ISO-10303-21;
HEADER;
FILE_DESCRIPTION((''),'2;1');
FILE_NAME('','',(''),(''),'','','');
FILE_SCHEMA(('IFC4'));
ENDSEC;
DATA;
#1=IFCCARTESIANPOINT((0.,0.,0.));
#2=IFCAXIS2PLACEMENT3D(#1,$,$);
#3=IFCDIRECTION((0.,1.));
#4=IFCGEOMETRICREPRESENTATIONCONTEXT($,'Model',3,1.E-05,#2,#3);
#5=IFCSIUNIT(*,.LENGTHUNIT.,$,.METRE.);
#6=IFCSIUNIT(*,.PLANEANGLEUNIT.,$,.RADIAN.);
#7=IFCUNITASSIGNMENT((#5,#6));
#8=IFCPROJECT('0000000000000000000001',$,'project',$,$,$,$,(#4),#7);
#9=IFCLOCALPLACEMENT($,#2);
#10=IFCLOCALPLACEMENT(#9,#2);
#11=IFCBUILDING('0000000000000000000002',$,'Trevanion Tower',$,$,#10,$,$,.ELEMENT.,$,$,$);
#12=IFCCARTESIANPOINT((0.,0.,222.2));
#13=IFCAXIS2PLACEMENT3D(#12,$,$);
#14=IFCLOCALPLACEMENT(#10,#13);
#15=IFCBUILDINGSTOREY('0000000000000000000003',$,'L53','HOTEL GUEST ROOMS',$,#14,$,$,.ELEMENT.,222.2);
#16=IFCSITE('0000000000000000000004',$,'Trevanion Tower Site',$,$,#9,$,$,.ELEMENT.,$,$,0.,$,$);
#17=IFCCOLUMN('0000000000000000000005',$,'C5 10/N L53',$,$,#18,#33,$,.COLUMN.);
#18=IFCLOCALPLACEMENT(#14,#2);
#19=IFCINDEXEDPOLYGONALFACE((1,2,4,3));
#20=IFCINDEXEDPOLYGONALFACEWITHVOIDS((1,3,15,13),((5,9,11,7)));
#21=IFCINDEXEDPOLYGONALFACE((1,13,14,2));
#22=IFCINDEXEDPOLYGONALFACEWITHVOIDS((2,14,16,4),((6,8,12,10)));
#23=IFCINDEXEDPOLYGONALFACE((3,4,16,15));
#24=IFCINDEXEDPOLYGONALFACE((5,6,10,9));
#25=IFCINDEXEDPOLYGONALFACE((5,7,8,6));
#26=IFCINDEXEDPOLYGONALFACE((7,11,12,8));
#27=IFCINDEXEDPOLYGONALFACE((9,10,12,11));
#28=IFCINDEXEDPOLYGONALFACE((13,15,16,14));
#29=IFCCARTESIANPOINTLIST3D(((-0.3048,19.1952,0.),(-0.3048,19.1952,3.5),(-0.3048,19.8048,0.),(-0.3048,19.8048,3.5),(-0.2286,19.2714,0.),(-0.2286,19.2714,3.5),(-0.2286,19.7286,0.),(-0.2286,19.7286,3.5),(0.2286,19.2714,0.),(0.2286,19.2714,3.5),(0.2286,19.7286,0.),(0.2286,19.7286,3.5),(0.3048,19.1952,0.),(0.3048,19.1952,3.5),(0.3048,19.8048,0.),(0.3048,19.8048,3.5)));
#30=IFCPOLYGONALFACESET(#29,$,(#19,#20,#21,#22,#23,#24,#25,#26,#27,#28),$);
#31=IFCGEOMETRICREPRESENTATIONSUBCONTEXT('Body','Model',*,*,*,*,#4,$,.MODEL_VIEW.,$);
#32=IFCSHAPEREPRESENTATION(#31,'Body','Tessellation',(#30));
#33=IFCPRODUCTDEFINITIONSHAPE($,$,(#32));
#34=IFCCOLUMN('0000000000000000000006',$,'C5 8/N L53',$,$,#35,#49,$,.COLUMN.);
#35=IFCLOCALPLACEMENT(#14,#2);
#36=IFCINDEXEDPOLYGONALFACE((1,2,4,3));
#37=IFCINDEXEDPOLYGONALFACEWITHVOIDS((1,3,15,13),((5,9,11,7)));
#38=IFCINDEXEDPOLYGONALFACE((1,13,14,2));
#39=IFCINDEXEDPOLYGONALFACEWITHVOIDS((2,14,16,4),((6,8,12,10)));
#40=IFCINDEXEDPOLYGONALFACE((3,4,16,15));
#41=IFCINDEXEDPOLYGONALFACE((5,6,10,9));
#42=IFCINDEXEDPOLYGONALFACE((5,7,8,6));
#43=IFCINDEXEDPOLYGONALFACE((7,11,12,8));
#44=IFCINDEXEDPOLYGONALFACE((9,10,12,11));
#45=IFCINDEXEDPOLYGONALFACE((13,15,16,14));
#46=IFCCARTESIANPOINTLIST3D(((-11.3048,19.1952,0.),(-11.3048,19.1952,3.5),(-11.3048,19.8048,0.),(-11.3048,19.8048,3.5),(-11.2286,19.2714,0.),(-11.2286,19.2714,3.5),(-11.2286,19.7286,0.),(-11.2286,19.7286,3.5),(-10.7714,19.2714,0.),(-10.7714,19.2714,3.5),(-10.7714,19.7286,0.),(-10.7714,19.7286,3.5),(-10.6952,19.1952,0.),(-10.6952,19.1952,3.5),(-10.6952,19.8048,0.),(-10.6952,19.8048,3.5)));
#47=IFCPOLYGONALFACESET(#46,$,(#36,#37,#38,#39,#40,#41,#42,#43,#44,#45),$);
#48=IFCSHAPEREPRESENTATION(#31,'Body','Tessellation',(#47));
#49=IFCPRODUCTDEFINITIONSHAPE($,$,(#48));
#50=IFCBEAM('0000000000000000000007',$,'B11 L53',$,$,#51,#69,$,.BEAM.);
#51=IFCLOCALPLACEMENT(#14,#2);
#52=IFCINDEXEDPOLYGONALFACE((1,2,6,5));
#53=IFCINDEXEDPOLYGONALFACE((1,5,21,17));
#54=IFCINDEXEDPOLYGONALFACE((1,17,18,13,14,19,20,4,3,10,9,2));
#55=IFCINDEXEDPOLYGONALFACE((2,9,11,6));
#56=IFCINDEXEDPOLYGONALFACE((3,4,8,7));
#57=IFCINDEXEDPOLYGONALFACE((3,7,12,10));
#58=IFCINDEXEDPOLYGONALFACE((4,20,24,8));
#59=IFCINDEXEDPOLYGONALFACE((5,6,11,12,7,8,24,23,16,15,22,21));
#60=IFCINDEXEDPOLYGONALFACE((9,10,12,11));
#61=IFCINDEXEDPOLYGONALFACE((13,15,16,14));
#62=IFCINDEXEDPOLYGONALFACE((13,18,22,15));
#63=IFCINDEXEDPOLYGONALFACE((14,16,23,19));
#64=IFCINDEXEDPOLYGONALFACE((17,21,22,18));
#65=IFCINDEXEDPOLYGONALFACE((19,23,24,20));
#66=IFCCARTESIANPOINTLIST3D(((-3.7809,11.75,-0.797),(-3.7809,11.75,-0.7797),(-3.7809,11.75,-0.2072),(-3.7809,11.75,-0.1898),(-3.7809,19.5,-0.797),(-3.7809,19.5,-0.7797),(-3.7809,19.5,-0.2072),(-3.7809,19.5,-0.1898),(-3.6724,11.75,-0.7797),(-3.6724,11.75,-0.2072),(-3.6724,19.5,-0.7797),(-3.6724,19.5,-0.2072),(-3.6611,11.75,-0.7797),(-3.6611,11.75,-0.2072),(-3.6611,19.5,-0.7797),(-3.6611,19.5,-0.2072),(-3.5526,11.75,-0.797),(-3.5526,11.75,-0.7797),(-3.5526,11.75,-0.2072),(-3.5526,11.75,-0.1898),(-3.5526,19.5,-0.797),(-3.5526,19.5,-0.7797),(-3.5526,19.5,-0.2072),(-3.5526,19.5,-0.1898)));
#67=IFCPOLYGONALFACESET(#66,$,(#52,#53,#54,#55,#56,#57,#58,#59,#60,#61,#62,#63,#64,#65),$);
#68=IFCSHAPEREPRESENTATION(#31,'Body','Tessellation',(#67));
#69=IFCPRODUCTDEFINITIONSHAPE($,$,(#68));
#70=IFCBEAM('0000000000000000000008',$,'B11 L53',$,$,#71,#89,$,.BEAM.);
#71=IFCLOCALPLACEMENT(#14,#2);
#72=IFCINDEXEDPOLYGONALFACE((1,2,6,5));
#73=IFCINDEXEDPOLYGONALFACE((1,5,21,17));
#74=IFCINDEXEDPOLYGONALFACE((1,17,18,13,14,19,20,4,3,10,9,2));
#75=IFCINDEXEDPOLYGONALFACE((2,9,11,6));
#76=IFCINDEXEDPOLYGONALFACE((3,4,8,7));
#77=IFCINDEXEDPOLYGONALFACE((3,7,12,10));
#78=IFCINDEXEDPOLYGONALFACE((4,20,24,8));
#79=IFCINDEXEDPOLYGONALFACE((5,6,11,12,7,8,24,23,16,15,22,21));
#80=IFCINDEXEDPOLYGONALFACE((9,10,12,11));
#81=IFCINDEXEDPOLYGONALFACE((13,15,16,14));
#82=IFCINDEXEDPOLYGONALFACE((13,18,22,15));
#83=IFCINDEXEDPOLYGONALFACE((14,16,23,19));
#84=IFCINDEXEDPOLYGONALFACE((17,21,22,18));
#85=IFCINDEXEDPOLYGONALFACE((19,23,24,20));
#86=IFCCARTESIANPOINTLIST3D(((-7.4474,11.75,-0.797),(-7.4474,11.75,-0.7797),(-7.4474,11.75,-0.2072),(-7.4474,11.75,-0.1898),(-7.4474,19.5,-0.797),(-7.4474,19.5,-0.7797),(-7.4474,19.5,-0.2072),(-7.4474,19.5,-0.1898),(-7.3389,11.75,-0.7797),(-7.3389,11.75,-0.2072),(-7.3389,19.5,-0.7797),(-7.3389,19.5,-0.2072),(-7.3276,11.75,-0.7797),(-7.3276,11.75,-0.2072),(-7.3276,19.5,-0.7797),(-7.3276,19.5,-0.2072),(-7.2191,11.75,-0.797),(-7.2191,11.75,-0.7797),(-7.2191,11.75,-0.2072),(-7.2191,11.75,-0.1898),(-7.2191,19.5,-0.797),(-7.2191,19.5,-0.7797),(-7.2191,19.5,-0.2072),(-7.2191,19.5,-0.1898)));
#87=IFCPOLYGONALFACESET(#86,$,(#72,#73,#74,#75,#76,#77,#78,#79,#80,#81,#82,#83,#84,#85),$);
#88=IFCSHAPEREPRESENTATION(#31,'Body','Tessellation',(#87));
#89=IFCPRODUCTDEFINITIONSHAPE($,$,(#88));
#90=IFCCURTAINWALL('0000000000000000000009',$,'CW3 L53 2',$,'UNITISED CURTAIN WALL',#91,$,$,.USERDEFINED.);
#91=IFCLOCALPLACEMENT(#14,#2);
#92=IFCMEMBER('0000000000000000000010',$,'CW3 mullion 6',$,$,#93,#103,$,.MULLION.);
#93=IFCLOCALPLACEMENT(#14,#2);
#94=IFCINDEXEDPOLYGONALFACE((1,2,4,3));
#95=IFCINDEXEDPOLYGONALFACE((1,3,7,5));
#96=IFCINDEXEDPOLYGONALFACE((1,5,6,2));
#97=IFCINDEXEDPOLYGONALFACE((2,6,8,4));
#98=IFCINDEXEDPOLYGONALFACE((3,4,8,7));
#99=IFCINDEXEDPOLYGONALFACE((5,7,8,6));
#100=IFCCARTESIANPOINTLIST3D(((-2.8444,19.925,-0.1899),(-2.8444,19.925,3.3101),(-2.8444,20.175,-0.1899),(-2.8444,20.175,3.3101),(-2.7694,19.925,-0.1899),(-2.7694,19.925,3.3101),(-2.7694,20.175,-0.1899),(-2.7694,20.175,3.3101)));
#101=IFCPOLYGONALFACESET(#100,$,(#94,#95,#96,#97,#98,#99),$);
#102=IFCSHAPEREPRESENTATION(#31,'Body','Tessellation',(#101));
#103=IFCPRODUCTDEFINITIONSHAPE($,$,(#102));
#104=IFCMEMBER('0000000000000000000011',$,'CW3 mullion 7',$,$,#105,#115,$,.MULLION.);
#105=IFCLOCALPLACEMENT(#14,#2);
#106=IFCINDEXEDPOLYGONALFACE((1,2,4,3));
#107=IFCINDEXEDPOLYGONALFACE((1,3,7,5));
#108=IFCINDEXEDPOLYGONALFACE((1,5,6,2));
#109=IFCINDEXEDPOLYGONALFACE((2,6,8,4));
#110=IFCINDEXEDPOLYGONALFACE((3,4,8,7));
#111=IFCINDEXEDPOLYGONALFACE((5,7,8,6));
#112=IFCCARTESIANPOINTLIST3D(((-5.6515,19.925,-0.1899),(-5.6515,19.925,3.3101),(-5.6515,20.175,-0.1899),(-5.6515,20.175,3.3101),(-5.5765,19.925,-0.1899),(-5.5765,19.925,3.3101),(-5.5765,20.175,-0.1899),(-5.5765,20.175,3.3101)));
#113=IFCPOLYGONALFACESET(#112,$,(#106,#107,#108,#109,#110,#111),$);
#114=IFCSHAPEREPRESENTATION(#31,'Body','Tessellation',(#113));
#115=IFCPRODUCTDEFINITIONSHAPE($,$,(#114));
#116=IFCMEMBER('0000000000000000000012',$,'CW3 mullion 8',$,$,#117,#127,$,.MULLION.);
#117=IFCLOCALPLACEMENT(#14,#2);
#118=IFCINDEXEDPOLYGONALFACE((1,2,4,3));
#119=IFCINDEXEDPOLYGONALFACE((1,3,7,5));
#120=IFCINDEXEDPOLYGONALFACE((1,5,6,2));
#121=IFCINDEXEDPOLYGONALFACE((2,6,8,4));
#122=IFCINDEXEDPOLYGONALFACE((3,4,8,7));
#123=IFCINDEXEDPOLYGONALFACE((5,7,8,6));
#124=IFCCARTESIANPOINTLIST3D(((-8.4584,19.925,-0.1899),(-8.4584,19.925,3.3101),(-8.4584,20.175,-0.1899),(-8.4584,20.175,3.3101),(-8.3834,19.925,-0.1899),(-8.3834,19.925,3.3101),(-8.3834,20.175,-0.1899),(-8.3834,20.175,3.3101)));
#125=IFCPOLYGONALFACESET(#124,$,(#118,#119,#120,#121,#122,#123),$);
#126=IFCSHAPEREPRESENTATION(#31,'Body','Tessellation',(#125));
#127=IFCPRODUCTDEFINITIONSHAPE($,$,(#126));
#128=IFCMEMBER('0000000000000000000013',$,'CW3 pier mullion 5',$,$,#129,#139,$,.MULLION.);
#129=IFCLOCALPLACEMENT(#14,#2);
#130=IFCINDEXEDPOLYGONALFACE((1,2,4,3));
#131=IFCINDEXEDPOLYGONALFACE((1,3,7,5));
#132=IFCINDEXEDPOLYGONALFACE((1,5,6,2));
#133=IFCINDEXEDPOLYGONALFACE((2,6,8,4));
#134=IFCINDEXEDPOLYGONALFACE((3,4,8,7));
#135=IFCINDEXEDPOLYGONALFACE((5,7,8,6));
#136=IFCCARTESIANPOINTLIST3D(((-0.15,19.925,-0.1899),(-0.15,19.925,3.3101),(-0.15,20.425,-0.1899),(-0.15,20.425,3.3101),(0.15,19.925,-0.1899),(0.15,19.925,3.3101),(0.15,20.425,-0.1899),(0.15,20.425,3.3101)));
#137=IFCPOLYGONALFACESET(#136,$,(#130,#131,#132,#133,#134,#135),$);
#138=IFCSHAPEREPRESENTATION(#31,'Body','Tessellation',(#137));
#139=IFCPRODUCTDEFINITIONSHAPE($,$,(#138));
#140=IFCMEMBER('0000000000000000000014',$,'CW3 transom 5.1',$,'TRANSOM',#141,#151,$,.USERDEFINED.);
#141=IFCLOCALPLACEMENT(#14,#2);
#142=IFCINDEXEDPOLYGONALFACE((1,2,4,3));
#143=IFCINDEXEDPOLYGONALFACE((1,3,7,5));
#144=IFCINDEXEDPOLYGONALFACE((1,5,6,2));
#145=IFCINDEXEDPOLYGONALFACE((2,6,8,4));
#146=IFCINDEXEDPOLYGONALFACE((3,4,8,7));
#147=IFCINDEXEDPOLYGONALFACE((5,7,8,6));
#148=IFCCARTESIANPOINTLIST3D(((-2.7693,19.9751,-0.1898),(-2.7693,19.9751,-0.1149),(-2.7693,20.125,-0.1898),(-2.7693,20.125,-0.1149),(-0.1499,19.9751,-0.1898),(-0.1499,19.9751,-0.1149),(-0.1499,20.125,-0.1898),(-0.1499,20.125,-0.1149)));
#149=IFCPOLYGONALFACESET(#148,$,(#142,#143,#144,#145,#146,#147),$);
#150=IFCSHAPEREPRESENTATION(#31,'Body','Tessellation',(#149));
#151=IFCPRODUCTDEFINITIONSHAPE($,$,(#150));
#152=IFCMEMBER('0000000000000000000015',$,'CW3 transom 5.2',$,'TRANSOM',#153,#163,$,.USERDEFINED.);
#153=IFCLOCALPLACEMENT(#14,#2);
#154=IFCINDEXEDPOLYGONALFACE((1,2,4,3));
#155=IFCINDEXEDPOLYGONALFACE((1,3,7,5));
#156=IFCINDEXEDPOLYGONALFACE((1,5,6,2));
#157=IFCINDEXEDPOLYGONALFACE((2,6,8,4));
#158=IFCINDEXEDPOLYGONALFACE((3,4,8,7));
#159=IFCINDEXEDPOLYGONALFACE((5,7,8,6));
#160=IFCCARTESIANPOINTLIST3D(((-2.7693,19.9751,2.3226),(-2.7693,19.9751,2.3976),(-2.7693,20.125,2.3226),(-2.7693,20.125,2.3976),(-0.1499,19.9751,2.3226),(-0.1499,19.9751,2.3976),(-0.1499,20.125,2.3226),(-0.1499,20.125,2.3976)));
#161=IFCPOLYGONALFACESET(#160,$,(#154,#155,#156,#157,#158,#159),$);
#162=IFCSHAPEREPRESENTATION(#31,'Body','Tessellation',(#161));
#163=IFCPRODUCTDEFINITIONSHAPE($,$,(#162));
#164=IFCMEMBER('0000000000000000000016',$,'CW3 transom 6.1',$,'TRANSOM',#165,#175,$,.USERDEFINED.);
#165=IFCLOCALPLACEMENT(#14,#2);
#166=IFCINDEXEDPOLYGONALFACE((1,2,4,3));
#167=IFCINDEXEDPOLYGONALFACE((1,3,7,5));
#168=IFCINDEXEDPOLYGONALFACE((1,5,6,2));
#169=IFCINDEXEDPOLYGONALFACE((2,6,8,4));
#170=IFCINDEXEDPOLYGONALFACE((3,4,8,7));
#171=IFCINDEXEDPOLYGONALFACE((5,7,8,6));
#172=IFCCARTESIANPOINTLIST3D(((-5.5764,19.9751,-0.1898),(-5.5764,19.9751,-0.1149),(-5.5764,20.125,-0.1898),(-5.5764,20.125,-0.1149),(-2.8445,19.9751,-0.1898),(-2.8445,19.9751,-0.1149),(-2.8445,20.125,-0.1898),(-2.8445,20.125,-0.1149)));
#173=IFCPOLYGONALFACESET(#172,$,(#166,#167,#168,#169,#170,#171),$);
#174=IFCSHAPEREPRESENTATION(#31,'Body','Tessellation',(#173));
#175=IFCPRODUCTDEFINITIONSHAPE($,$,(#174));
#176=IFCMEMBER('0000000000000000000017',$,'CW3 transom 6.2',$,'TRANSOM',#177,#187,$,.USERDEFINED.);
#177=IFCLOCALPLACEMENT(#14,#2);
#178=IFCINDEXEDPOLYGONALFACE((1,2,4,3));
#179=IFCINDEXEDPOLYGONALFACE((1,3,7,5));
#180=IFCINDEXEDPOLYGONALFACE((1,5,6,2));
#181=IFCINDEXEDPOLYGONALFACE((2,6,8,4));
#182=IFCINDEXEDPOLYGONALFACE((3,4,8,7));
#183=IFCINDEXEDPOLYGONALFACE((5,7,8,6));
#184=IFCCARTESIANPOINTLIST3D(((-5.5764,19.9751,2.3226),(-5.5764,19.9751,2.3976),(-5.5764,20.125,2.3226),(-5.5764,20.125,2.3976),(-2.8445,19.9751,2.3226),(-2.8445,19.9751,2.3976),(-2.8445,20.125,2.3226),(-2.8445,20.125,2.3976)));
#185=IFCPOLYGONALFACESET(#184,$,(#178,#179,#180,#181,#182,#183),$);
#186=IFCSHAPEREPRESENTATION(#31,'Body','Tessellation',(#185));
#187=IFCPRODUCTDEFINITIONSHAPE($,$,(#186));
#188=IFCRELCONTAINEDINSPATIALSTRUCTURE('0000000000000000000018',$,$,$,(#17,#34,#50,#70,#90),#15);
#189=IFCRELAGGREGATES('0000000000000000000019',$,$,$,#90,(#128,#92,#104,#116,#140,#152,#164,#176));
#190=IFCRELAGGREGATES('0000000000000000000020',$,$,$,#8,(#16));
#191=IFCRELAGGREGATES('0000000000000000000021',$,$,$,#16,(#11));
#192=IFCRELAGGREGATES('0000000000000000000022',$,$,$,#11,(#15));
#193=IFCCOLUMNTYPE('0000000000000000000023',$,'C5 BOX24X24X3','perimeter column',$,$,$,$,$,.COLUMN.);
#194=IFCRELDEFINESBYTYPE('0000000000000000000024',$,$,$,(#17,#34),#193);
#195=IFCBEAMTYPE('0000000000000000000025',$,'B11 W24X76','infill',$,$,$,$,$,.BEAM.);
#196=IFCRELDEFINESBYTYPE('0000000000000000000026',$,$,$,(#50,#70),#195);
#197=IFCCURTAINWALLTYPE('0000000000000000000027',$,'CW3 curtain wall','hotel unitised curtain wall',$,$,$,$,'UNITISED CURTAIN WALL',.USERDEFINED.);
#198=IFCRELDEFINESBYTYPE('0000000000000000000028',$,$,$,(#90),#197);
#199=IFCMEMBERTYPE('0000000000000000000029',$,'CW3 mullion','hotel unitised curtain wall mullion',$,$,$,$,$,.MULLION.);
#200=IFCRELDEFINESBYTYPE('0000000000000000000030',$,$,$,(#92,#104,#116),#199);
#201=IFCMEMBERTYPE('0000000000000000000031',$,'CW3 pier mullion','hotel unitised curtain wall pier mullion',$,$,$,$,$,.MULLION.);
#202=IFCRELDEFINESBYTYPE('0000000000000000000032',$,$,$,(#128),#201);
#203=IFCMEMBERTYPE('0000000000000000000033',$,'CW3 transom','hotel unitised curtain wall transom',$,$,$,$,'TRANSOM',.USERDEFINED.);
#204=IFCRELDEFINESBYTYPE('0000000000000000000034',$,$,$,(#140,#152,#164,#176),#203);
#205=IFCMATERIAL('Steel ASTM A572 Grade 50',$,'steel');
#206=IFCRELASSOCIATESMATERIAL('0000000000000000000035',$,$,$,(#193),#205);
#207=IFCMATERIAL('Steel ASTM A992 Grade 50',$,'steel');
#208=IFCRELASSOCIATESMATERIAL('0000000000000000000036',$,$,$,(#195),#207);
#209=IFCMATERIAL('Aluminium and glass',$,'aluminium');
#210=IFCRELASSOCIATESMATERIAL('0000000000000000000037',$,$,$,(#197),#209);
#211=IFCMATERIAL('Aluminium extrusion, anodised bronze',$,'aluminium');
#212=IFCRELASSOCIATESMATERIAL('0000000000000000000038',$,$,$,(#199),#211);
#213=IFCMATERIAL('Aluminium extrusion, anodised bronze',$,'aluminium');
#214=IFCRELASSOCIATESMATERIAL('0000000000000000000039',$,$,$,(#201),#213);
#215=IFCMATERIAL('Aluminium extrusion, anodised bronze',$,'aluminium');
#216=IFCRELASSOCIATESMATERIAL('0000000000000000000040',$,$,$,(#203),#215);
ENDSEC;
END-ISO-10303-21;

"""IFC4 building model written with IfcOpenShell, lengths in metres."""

from ifc_helpers import new_model, si_unit, direction, frame, origin, origin_2d, place, context, subcontext, project, spatial, rectangle, hollow_rectangle, i_section, extrude, material, material_profile, profile_set, type_object, element, aggregate, save


model = new_model("IFC4")

# Units and contexts
model_context = context("Model", 3, precision=1e-05, world=origin(), true_north=direction((0.0, 1.0)))
body_context = subcontext(model_context, "Body", "Model", "MODEL_VIEW")
ifc_project = project(units=[si_unit("LENGTHUNIT", "METRE"), si_unit("PLANEANGLEUNIT", "RADIAN")], contexts=[model_context])

# Site, building, storey
site_placement = place(None, origin())
site = spatial("IfcSite", under=ifc_project, at=site_placement, Name="Trevanion Tower Site", CompositionType="ELEMENT", RefElevation=0.0)
building_placement = place(site_placement, origin())
building = spatial("IfcBuilding", under=site, at=building_placement, Name="Trevanion Tower", CompositionType="ELEMENT")
storey_placement = place(building_placement, frame((0.0, 0.0, 222.2)))
storey = spatial("IfcBuildingStorey", under=building, at=storey_placement, Name="L53", Description="HOTEL GUEST ROOMS", CompositionType="ELEMENT", Elevation=222.2)

# Columns
ifc_material_1 = material(Name="Steel ASTM A572 Grade 50", Category="steel")
ifc_material_profile_1 = material_profile(ifc_material_1, hollow_rectangle(XDim=0.6096, YDim=0.6096, WallThickness=0.0762, at=origin_2d()), Name="BOX24X24X3")
ifc_profile_set_1 = profile_set([ifc_material_profile_1], Name="Steel ASTM A572 Grade 50")
column_type = type_object("IfcColumnType", Name="C5 BOX24X24X3", Description="perimeter column", PredefinedType="COLUMN", material=ifc_profile_set_1)
for number, where, z_axis, x_axis, name in (
    (1, (0.0, 19.5, 0.0), (0.0, 0.0, 1.0), (1.0, 0.0, 0.0), "C5 10/N L53"),
    (2, (-11.0, 19.5, 0.0), (0.0, 0.0, 1.0), (1.0, 0.0, 0.0), "C5 8/N L53"),
):
    element("IfcColumn", number, at=place(storey_placement, frame(where, z_axis=z_axis, x_axis=x_axis)), inside=storey, type_object=column_type, Name=name, PredefinedType="COLUMN", context=body_context, shape_type="SweptSolid", body=[
        extrude(hollow_rectangle(XDim=0.6096, YDim=0.6096, WallThickness=0.0762, at=origin_2d()), origin(), (0.0, 0.0, 1.0), 3.5),
    ])

# Beams
ifc_material_2 = material(Name="Steel ASTM A992 Grade 50", Category="steel")
ifc_material_profile_2 = material_profile(ifc_material_2, i_section(OverallWidth=0.2283, OverallDepth=0.6072, WebThickness=0.0112, FlangeThickness=0.0173, at=origin_2d()), Name="W24X76")
ifc_profile_set_2 = profile_set([ifc_material_profile_2], Name="Steel ASTM A992 Grade 50")
beam_type_1 = type_object("IfcBeamType", Name="B11 W24X76", Description="infill", PredefinedType="BEAM", material=ifc_profile_set_2)
for number, where, z_axis, x_axis, name in (
    (3, (-3.6667, 11.75, -0.4934), (0.0, 1.0, 0.0), (-1.0, 0.0, 0.0), "B11 L53"),
    (4, (-7.3333, 11.75, -0.4934), (0.0, 1.0, 0.0), (-1.0, 0.0, 0.0), "B11 L53"),
):
    element("IfcBeam", number, at=place(storey_placement, frame(where, z_axis=z_axis, x_axis=x_axis)), inside=storey, type_object=beam_type_1, Name=name, PredefinedType="BEAM", context=body_context, shape_type="SweptSolid", body=[
        extrude(i_section(OverallWidth=0.2283, OverallDepth=0.6072, WebThickness=0.0112, FlangeThickness=0.0173, at=origin_2d()), origin(), (0.0, 0.0, 1.0), 7.75),
    ])

# Curtain wall, members
ifc_material_3 = material(Name="Aluminium and glass", Category="aluminium")
curtain_wall_type = type_object("IfcCurtainWallType", Name="CW3 curtain wall", Description="hotel unitised curtain wall", ElementType="UNITISED CURTAIN WALL", PredefinedType="USERDEFINED", material=ifc_material_3)
curtain_wall_placement = place(storey_placement, origin())
curtain_wall = element("IfcCurtainWall", 5, at=curtain_wall_placement, inside=storey, type_object=curtain_wall_type, Name="CW3 L53 2", ObjectType="UNITISED CURTAIN WALL", PredefinedType="USERDEFINED")
ifc_material_4 = material(Name="Aluminium extrusion, anodised bronze", Category="aluminium")
ifc_material_profile_3 = material_profile(ifc_material_4, rectangle(XDim=0.075, YDim=0.25, at=origin_2d()), Name="CW3 mullion")
ifc_profile_set_3 = profile_set([ifc_material_profile_3], Name="Aluminium extrusion, anodised bronze")
member_type_1 = type_object("IfcMemberType", Name="CW3 mullion", Description="hotel unitised curtain wall mullion", PredefinedType="MULLION", material=ifc_profile_set_3)
member_1_placement = place(storey_placement, frame((-2.8069, 20.05, -0.1899), z_axis=(0.0, 0.0, 1.0), x_axis=(-1.0, 0.0, 0.0)))
member_1 = element("IfcMember", 6, at=member_1_placement, type_object=member_type_1, Name="CW3 mullion 6", PredefinedType="MULLION", context=body_context, shape_type="SweptSolid", body=[
    extrude(rectangle(XDim=0.075, YDim=0.25, at=origin_2d()), origin(), (0.0, 0.0, 1.0), 3.5),
])
member_2_placement = place(storey_placement, frame((-5.614, 20.05, -0.1899), z_axis=(0.0, 0.0, 1.0), x_axis=(-1.0, 0.0, 0.0)))
member_2 = element("IfcMember", 7, at=member_2_placement, type_object=member_type_1, Name="CW3 mullion 7", PredefinedType="MULLION", context=body_context, shape_type="SweptSolid", body=[
    extrude(rectangle(XDim=0.075, YDim=0.25, at=origin_2d()), origin(), (0.0, 0.0, 1.0), 3.5),
])
member_3_placement = place(storey_placement, frame((-8.4209, 20.05, -0.1899), z_axis=(0.0, 0.0, 1.0), x_axis=(-1.0, 0.0, 0.0)))
member_3 = element("IfcMember", 8, at=member_3_placement, type_object=member_type_1, Name="CW3 mullion 8", PredefinedType="MULLION", context=body_context, shape_type="SweptSolid", body=[
    extrude(rectangle(XDim=0.075, YDim=0.25, at=origin_2d()), origin(), (0.0, 0.0, 1.0), 3.5),
])
ifc_material_5 = material(Name="Aluminium extrusion, anodised bronze", Category="aluminium")
ifc_material_profile_4 = material_profile(ifc_material_5, rectangle(XDim=0.3, YDim=0.5, at=origin_2d()), Name="CW3 pier mullion")
ifc_profile_set_4 = profile_set([ifc_material_profile_4], Name="Aluminium extrusion, anodised bronze")
member_type_2 = type_object("IfcMemberType", Name="CW3 pier mullion", Description="hotel unitised curtain wall pier mullion", PredefinedType="MULLION", material=ifc_profile_set_4)
member_4_placement = place(storey_placement, frame((0.0, 20.175, -0.1899), z_axis=(0.0, 0.0, 1.0), x_axis=(-1.0, 0.0, 0.0)))
member_4 = element("IfcMember", 9, at=member_4_placement, type_object=member_type_2, Name="CW3 pier mullion 5", PredefinedType="MULLION", context=body_context, shape_type="SweptSolid", body=[
    extrude(rectangle(XDim=0.3, YDim=0.5, at=origin_2d()), origin(), (0.0, 0.0, 1.0), 3.5),
])
ifc_material_6 = material(Name="Aluminium extrusion, anodised bronze", Category="aluminium")
ifc_material_profile_5 = material_profile(ifc_material_6, rectangle(XDim=0.1499, YDim=0.075, at=origin_2d()), Name="CW3 transom")
ifc_profile_set_5 = profile_set([ifc_material_profile_5], Name="Aluminium extrusion, anodised bronze")
member_type_3 = type_object("IfcMemberType", Name="CW3 transom", Description="hotel unitised curtain wall transom", ElementType="TRANSOM", PredefinedType="USERDEFINED", material=ifc_profile_set_5)
member_5_placement = place(storey_placement, frame((-0.1499, 20.05, -0.1523), z_axis=(-1.0, 0.0, 0.0), x_axis=(0.0, -1.0, 0.0)))
member_5 = element("IfcMember", 10, at=member_5_placement, type_object=member_type_3, Name="CW3 transom 5.1", ObjectType="TRANSOM", PredefinedType="USERDEFINED", context=body_context, shape_type="SweptSolid", body=[
    extrude(rectangle(XDim=0.1499, YDim=0.075, at=origin_2d()), origin(), (0.0, 0.0, 1.0), 2.6194),
])
member_6_placement = place(storey_placement, frame((-0.1499, 20.05, 2.3601), z_axis=(-1.0, 0.0, 0.0), x_axis=(0.0, -1.0, 0.0)))
member_6 = element("IfcMember", 11, at=member_6_placement, type_object=member_type_3, Name="CW3 transom 5.2", ObjectType="TRANSOM", PredefinedType="USERDEFINED", context=body_context, shape_type="SweptSolid", body=[
    extrude(rectangle(XDim=0.1499, YDim=0.075, at=origin_2d()), origin(), (0.0, 0.0, 1.0), 2.6194),
])
member_7_placement = place(storey_placement, frame((-2.8445, 20.05, -0.1523), z_axis=(-1.0, 0.0, 0.0), x_axis=(0.0, -1.0, 0.0)))
member_7 = element("IfcMember", 12, at=member_7_placement, type_object=member_type_3, Name="CW3 transom 6.1", ObjectType="TRANSOM", PredefinedType="USERDEFINED", context=body_context, shape_type="SweptSolid", body=[
    extrude(rectangle(XDim=0.1499, YDim=0.075, at=origin_2d()), origin(), (0.0, 0.0, 1.0), 2.7319),
])
member_8_placement = place(storey_placement, frame((-2.8445, 20.05, 2.3601), z_axis=(-1.0, 0.0, 0.0), x_axis=(0.0, -1.0, 0.0)))
member_8 = element("IfcMember", 13, at=member_8_placement, type_object=member_type_3, Name="CW3 transom 6.2", ObjectType="TRANSOM", PredefinedType="USERDEFINED", context=body_context, shape_type="SweptSolid", body=[
    extrude(rectangle(XDim=0.1499, YDim=0.075, at=origin_2d()), origin(), (0.0, 0.0, 1.0), 2.7319),
])

aggregate(curtain_wall, [member_4, member_1, member_2, member_3, member_5, member_6, member_7, member_8])

save(model, "model.ifc")
